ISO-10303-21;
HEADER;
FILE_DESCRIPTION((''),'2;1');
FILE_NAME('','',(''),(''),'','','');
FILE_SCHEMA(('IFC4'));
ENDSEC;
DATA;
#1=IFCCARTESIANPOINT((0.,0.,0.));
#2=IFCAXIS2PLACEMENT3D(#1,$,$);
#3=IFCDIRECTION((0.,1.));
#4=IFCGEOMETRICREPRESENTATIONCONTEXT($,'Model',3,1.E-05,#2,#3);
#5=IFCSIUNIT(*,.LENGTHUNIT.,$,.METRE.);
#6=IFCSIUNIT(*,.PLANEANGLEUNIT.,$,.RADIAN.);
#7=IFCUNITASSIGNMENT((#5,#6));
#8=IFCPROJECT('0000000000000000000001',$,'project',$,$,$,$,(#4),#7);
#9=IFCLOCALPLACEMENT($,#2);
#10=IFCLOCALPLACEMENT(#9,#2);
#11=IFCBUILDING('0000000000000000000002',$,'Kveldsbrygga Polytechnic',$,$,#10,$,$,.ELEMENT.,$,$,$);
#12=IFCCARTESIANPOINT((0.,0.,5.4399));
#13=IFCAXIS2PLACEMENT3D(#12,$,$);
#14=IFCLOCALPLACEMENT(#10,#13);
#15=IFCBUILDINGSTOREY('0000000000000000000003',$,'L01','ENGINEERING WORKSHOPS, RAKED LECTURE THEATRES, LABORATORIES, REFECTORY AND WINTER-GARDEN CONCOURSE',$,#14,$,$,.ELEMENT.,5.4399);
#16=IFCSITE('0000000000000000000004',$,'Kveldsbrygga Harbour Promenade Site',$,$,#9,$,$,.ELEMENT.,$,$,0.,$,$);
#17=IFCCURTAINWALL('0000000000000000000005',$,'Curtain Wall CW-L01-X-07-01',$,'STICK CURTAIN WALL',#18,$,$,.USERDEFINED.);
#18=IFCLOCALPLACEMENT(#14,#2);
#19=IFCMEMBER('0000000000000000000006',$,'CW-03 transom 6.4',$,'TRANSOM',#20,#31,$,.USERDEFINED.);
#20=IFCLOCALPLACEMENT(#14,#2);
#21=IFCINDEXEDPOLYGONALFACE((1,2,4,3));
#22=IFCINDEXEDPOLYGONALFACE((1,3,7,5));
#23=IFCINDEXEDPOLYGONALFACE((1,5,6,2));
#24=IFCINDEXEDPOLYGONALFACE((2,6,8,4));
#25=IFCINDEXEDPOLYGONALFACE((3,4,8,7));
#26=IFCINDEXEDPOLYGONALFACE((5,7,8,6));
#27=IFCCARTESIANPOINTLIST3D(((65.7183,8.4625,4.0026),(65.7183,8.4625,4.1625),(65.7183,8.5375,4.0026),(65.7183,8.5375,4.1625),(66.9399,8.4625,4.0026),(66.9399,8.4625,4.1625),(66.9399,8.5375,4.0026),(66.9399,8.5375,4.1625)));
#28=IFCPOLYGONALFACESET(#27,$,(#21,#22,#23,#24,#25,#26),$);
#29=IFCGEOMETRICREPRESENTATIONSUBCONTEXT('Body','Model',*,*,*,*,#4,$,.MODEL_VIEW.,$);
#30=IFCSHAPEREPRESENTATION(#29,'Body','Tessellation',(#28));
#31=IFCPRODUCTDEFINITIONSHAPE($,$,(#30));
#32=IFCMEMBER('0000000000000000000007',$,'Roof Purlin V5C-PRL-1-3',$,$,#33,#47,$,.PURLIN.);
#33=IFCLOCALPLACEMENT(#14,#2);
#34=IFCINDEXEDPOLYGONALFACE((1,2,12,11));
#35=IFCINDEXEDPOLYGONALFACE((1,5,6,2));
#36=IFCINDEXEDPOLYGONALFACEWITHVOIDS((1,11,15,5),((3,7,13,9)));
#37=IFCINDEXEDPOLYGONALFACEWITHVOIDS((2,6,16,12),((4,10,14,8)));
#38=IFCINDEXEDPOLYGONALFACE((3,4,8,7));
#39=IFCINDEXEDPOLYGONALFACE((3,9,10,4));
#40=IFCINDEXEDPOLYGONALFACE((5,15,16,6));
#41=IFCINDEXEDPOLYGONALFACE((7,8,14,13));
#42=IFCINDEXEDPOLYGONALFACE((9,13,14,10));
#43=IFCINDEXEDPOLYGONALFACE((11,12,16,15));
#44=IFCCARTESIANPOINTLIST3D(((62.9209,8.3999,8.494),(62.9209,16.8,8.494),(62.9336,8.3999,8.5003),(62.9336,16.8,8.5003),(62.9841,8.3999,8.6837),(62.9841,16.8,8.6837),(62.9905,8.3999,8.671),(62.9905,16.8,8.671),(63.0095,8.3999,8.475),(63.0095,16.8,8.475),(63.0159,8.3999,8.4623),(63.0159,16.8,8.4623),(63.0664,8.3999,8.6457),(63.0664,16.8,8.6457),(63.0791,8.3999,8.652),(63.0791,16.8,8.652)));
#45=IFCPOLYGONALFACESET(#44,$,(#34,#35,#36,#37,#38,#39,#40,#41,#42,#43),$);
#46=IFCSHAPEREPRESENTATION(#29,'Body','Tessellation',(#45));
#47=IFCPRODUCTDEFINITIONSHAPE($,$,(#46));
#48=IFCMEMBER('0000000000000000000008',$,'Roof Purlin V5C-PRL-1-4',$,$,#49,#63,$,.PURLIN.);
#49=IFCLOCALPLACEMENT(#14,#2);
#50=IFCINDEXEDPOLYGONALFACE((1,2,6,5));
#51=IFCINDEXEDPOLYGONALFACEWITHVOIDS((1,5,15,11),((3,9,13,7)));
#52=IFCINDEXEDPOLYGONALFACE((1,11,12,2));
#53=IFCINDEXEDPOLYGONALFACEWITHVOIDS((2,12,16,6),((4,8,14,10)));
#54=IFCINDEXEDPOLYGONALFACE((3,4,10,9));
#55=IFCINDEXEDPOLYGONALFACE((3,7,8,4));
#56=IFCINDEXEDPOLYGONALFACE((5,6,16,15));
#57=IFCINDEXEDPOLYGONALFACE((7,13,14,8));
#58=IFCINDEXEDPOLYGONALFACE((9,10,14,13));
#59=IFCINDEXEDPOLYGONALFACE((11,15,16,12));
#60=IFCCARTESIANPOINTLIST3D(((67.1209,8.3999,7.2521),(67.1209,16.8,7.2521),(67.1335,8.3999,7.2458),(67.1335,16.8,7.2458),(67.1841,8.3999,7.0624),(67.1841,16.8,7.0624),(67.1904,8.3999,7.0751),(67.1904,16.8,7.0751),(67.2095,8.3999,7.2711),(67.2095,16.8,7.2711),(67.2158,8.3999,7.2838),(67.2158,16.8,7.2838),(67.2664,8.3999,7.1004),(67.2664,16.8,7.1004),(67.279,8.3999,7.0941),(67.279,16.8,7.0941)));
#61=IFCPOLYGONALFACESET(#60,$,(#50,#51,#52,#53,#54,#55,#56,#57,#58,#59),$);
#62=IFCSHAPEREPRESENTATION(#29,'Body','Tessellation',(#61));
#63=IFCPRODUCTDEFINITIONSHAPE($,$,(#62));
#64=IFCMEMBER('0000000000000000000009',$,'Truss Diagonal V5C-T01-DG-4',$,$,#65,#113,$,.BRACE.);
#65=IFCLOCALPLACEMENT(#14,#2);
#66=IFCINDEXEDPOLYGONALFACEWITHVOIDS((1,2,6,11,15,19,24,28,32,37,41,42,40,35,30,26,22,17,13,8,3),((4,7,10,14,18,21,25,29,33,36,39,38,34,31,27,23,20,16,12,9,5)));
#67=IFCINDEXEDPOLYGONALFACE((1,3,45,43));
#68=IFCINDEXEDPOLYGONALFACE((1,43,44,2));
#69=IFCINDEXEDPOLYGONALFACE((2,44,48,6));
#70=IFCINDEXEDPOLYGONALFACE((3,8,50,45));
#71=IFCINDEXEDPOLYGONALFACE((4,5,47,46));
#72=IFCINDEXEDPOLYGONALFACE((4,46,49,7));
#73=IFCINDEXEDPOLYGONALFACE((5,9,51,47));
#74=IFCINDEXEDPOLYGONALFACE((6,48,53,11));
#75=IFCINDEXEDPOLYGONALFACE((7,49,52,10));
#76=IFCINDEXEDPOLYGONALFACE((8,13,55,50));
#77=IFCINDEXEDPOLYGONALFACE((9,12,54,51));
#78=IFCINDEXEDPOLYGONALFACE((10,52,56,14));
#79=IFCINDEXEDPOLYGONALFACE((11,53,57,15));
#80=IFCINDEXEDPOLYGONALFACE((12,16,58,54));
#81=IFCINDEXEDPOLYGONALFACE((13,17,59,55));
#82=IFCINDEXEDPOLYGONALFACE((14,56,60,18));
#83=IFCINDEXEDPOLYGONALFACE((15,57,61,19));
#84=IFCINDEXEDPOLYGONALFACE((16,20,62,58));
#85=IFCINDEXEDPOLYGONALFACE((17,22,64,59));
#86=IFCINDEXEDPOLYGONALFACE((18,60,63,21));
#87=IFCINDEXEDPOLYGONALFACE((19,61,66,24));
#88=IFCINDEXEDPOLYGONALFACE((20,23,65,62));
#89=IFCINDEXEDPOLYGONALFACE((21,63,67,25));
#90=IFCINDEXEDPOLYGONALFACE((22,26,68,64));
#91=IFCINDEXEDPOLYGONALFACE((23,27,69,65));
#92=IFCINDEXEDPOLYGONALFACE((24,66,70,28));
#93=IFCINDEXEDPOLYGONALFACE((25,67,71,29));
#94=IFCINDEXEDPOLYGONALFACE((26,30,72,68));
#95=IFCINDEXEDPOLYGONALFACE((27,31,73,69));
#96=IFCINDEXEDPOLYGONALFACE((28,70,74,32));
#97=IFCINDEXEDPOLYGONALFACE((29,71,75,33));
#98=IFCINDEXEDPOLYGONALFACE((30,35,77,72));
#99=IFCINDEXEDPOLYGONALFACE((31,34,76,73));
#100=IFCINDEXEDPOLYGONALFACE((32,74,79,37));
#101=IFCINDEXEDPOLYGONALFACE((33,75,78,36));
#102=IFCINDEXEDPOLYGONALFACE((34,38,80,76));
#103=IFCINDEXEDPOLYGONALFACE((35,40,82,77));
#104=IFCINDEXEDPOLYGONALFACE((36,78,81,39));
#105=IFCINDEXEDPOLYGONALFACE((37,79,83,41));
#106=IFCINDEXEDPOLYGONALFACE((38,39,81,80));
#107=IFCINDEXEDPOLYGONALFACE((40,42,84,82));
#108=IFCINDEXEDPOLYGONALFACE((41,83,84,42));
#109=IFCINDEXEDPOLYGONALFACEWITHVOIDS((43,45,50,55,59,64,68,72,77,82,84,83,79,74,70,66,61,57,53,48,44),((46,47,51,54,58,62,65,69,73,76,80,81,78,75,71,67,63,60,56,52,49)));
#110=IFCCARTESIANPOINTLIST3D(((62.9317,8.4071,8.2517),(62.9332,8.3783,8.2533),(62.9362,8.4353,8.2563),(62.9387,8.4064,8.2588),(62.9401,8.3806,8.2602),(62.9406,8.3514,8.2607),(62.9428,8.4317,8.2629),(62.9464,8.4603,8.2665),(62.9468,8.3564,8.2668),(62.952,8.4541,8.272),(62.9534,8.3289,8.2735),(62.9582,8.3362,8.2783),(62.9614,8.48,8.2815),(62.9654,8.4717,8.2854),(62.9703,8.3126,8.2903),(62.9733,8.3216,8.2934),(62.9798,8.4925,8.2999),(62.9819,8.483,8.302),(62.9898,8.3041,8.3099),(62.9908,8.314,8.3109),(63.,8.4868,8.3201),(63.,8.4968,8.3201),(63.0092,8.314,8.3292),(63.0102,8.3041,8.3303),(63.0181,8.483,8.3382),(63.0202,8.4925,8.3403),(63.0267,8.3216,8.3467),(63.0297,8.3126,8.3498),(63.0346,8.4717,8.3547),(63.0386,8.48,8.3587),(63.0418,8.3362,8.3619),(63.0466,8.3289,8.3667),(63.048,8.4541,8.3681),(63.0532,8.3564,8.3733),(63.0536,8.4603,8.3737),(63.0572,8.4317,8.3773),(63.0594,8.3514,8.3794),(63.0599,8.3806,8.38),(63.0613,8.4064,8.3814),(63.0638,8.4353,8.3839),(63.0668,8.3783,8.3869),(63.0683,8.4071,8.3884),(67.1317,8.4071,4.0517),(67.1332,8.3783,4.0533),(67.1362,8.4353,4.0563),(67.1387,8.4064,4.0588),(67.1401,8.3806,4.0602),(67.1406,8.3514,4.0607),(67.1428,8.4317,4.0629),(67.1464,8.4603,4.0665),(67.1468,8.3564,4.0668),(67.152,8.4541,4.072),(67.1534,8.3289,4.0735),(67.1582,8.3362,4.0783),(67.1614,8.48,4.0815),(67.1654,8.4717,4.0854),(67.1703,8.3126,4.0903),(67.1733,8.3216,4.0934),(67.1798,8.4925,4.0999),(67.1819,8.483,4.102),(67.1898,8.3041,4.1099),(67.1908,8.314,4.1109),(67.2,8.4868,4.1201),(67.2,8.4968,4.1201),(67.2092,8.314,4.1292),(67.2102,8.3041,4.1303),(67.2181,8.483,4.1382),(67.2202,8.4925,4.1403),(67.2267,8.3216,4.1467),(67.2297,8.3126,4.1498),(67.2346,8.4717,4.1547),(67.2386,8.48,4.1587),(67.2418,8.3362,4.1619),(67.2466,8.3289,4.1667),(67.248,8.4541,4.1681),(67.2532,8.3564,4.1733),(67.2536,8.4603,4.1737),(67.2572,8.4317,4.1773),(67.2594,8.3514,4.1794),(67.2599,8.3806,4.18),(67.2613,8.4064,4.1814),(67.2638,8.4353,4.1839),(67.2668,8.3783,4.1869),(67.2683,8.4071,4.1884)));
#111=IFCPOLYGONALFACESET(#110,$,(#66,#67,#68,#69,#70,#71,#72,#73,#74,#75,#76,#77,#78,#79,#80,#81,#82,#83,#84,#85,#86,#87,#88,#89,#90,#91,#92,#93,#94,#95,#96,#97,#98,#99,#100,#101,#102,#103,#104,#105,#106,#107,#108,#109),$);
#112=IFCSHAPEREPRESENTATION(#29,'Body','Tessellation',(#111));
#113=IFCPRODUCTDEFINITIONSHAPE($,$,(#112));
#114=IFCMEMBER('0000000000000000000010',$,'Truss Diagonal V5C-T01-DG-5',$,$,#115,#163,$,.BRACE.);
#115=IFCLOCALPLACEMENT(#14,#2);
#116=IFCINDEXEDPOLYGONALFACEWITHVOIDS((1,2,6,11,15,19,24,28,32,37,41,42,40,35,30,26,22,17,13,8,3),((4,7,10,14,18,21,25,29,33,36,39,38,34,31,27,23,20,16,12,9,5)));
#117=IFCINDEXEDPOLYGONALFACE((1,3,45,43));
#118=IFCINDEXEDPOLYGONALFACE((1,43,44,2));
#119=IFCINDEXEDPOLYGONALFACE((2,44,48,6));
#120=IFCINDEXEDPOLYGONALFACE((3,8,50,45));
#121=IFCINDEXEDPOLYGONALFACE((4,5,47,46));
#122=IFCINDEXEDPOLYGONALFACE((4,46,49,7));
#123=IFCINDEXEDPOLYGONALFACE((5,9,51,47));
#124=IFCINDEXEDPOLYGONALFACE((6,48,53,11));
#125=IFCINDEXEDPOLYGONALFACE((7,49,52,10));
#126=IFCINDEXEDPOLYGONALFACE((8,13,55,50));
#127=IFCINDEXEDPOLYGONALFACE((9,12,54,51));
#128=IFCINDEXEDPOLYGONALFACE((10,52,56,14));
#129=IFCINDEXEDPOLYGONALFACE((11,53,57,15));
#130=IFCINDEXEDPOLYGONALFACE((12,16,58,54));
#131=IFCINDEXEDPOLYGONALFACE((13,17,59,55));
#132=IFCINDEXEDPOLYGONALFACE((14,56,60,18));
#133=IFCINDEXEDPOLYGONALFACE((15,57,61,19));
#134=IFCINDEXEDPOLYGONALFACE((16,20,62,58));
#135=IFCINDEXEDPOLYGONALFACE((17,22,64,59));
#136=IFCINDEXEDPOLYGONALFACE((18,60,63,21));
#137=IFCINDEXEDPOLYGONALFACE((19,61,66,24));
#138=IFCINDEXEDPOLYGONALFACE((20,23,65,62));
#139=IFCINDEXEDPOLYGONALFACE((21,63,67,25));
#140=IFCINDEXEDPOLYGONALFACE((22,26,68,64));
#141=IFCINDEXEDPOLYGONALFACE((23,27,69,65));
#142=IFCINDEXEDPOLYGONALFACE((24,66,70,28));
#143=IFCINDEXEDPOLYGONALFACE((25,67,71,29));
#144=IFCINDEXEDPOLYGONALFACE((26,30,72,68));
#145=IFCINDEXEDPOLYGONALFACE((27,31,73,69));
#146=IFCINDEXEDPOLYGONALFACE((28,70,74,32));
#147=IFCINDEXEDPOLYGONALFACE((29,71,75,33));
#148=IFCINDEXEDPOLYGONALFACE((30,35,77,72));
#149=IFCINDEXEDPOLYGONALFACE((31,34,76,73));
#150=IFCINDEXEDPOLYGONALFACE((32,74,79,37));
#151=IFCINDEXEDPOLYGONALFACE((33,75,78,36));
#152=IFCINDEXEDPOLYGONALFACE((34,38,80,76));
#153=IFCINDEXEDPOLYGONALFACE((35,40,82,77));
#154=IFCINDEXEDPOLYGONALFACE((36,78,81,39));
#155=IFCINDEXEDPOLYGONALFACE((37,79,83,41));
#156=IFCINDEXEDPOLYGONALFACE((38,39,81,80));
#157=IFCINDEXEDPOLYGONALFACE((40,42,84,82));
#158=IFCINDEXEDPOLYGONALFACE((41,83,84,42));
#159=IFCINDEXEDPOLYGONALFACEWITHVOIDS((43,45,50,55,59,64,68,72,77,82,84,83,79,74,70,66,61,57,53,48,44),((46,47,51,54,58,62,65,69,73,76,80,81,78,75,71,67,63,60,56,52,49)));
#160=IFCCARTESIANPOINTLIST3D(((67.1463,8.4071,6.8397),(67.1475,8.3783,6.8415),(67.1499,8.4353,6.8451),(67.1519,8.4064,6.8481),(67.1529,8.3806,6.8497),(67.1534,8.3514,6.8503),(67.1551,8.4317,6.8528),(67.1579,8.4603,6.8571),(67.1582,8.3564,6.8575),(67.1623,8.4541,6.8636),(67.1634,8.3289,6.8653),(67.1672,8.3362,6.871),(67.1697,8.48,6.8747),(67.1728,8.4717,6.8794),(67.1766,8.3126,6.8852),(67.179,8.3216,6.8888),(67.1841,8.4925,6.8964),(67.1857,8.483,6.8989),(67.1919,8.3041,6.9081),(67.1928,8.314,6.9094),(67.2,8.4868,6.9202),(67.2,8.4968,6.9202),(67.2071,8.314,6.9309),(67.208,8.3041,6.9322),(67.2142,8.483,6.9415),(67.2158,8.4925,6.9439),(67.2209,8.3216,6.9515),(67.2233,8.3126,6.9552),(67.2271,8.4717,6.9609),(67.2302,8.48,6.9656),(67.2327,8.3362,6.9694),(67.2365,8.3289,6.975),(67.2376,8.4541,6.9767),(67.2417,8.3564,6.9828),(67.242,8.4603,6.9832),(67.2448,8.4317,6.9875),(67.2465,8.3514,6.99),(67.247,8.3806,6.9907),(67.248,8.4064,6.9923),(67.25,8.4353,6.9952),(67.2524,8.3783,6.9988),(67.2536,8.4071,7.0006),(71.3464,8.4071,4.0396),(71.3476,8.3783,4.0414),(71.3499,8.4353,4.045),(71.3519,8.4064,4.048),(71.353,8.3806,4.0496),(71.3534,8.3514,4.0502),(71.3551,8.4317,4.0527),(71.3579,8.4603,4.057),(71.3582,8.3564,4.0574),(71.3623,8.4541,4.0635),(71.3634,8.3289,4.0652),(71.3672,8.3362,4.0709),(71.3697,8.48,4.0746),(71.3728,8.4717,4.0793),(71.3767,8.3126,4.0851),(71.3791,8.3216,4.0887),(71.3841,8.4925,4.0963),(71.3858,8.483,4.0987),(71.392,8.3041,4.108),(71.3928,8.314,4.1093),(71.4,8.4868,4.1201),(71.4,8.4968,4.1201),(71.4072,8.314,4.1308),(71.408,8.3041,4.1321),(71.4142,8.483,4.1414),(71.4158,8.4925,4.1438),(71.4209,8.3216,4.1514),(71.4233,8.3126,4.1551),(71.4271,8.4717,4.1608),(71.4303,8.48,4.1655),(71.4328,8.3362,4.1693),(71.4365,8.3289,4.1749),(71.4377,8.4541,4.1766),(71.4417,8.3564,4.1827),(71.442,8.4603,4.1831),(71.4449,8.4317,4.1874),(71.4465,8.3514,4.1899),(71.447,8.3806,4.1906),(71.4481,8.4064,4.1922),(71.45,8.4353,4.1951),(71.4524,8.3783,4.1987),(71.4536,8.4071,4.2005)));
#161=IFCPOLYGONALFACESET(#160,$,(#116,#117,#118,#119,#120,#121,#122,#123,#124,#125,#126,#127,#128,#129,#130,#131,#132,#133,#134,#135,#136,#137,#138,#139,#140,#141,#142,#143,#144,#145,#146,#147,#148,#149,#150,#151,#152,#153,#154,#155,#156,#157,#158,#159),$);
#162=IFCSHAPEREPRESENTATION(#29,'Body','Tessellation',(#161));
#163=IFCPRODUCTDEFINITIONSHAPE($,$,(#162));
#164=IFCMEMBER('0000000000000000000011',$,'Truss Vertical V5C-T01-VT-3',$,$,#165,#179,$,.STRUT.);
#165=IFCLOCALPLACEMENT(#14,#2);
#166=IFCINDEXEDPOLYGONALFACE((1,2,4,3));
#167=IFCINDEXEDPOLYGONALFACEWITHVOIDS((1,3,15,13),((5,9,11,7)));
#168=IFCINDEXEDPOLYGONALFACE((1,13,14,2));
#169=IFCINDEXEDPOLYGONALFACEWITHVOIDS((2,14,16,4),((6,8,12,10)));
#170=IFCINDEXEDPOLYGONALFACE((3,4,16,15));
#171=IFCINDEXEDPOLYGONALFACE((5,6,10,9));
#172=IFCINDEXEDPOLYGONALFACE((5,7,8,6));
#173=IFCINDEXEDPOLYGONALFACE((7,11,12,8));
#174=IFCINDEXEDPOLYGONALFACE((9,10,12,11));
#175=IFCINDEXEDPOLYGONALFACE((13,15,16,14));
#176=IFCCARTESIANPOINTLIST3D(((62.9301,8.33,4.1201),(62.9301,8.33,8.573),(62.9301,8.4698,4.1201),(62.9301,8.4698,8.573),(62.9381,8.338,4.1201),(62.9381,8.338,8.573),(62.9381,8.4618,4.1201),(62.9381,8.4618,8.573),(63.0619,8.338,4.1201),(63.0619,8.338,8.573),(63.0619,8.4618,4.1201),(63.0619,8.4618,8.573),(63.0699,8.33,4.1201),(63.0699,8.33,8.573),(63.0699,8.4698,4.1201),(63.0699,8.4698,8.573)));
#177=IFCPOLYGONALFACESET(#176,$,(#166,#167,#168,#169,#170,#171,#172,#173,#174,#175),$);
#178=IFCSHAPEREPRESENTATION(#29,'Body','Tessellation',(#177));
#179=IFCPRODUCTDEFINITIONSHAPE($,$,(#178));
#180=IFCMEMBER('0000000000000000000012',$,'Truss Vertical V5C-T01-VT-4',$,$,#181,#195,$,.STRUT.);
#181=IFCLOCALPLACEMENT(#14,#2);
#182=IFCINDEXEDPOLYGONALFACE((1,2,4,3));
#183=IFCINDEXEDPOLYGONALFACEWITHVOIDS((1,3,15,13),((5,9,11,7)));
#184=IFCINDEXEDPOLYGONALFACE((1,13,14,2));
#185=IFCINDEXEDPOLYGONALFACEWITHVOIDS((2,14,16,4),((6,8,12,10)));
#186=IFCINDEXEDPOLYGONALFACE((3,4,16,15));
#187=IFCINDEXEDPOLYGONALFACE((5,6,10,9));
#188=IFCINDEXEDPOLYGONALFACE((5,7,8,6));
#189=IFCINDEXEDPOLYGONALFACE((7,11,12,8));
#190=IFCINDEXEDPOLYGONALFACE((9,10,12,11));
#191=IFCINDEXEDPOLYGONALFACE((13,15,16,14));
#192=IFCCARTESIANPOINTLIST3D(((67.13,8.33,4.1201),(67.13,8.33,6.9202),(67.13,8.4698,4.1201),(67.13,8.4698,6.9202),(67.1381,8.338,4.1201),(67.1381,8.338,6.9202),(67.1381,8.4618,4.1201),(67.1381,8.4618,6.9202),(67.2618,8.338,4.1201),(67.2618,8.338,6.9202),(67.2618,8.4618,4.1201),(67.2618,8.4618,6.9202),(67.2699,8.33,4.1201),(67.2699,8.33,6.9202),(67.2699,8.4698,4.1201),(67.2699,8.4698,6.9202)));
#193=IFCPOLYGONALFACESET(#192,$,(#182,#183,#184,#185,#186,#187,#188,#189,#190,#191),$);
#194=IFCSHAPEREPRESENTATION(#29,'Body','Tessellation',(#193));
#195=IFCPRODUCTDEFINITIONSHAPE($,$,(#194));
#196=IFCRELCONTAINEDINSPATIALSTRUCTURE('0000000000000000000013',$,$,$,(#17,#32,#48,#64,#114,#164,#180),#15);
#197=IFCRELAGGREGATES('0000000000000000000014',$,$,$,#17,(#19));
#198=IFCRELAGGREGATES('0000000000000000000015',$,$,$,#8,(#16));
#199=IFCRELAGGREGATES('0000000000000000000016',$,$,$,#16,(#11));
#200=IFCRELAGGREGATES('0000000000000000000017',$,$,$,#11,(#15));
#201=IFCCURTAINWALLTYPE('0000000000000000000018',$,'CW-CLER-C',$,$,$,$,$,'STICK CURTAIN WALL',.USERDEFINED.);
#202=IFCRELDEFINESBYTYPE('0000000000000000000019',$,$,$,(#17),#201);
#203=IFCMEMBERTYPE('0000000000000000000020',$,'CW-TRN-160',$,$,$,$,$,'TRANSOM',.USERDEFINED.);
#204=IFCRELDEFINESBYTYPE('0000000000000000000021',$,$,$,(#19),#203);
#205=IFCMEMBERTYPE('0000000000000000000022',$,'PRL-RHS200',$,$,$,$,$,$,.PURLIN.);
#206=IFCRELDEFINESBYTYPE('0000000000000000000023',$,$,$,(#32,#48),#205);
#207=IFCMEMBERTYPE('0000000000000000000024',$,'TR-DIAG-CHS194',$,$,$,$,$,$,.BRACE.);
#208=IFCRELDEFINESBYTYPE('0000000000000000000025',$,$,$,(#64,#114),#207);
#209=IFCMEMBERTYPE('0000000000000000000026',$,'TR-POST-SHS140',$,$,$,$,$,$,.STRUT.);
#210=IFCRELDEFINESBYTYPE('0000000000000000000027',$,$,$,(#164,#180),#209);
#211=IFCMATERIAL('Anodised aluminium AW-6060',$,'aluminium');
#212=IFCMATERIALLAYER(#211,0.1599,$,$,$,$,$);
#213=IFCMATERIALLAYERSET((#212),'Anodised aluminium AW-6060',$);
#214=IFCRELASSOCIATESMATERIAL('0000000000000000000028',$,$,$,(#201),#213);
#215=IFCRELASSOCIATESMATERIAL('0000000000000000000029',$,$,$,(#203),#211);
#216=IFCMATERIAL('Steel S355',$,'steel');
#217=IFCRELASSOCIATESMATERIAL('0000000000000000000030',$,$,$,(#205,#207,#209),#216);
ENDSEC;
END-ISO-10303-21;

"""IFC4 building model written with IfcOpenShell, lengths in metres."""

from ifc_helpers import new_model, si_unit, direction, frame, origin, origin_2d, place, context, subcontext, project, spatial, rectangle, hollow_rectangle, hollow_circle, extrude, material, layer, layer_set, material_profile, profile_set, type_object, element, aggregate, save


model = new_model("IFC4")

# Units and contexts
model_context = context("Model", 3, precision=1e-05, world=origin(), true_north=direction((0.0, 1.0)))
body_context = subcontext(model_context, "Body", "Model", "MODEL_VIEW")
ifc_project = project(units=[si_unit("LENGTHUNIT", "METRE"), si_unit("PLANEANGLEUNIT", "RADIAN")], contexts=[model_context])

# Site, building, storey
site_placement = place(None, origin())
site = spatial("IfcSite", under=ifc_project, at=site_placement, Name="Kveldsbrygga Harbour Promenade Site", CompositionType="ELEMENT", RefElevation=0.0)
building_placement = place(site_placement, origin())
building = spatial("IfcBuilding", under=site, at=building_placement, Name="Kveldsbrygga Polytechnic", CompositionType="ELEMENT")
storey_placement = place(building_placement, frame((0.0, 0.0, 5.4399)))
storey = spatial("IfcBuildingStorey", under=building, at=storey_placement, Name="L01", Description="ENGINEERING WORKSHOPS, RAKED LECTURE THEATRES, LABORATORIES, REFECTORY AND WINTER-GARDEN CONCOURSE", CompositionType="ELEMENT", Elevation=5.4399)

# Curtain wall, member
ifc_material_1 = material(Name="Anodised aluminium AW-6060", Category="aluminium")
ifc_layer_1 = layer(ifc_material_1, 0.1599)
ifc_layer_set_1 = layer_set([ifc_layer_1], Name="Anodised aluminium AW-6060")
curtain_wall_type_1 = type_object("IfcCurtainWallType", Name="CW-CLER-C", ElementType="STICK CURTAIN WALL", PredefinedType="USERDEFINED", material=ifc_layer_set_1)
curtain_wall_1_placement = place(storey_placement, origin())
curtain_wall_1 = element("IfcCurtainWall", 1, at=curtain_wall_1_placement, inside=storey, type_object=curtain_wall_type_1, Name="Curtain Wall CW-L01-X-07-01", ObjectType="STICK CURTAIN WALL", PredefinedType="USERDEFINED")
ifc_material_profile_1 = material_profile(ifc_material_1, rectangle(XDim=0.075, YDim=0.1599, at=origin_2d()), Name="ALU 75x160")
ifc_profile_set_1 = profile_set([ifc_material_profile_1], Name="Anodised aluminium AW-6060")
member_type_1 = type_object("IfcMemberType", Name="CW-TRN-160", ElementType="TRANSOM", PredefinedType="USERDEFINED", material=ifc_profile_set_1)
member_1_placement = place(storey_placement, frame((65.7183, 8.5, 4.0825), z_axis=(1.0, 0.0, 0.0), x_axis=(0.0, 1.0, 0.0)))
member_1 = element("IfcMember", 2, at=member_1_placement, type_object=member_type_1, Name="CW-03 transom 6.4", ObjectType="TRANSOM", PredefinedType="USERDEFINED", context=body_context, shape_type="SweptSolid", body=[
    extrude(rectangle(XDim=0.075, YDim=0.1599, at=origin_2d()), origin(), (0.0, 0.0, 1.0), 1.2217),
])

# Members
ifc_material_2 = material(Name="Steel S355", Category="steel")
ifc_material_profile_2 = material_profile(ifc_material_2, hollow_rectangle(XDim=0.1001, YDim=0.2, WallThickness=0.01, at=origin_2d()), Name="RHS 200x100x10.0")
ifc_profile_set_2 = profile_set([ifc_material_profile_2], Name="Steel S355")
member_type_2 = type_object("IfcMemberType", Name="PRL-RHS200", PredefinedType="PURLIN", material=ifc_profile_set_2)
for number, where, z_axis, x_axis, name in (
    (3, (63.0, 8.3999, 8.573), (0.0, 1.0, 0.0), (-0.948684, 0.0, 0.316227), "Roof Purlin V5C-PRL-1-3"),
    (4, (67.2, 8.3999, 7.1731), (0.0, 1.0, 0.0), (-0.948684, 0.0, -0.316227), "Roof Purlin V5C-PRL-1-4"),
):
    element("IfcMember", number, at=place(storey_placement, frame(where, z_axis=z_axis, x_axis=x_axis)), inside=storey, type_object=member_type_2, Name=name, PredefinedType="PURLIN", context=body_context, shape_type="SweptSolid", body=[
        extrude(hollow_rectangle(XDim=0.1001, YDim=0.2, WallThickness=0.01, at=origin_2d()), origin(), (0.0, 0.0, 1.0), 8.4001),
    ])
ifc_material_profile_3 = material_profile(ifc_material_2, hollow_circle(Radius=0.0969, WallThickness=0.01, at=origin_2d()), Name="CHS 193.7x10.0")
ifc_profile_set_3 = profile_set([ifc_material_profile_3], Name="Steel S355")
member_type_3 = type_object("IfcMemberType", Name="TR-DIAG-CHS194", PredefinedType="BRACE", material=ifc_profile_set_3)
member_2_placement = place(storey_placement, frame((63.0, 8.3999, 8.3201), z_axis=(0.707107, 0.0, -0.707107), x_axis=(0.0, 1.0, 0.0)))
element("IfcMember", 5, at=member_2_placement, inside=storey, type_object=member_type_3, Name="Truss Diagonal V5C-T01-DG-4", PredefinedType="BRACE", context=body_context, shape_type="SweptSolid", body=[
    extrude(hollow_circle(Radius=0.0969, WallThickness=0.01, at=origin_2d()), origin(), (0.0, 0.0, 1.0), 5.9397),
])
member_3_placement = place(storey_placement, frame((67.2, 8.3999, 6.9202), z_axis=(0.832043, 0.0, -0.554711), x_axis=(0.0, 1.0, 0.0)))
element("IfcMember", 6, at=member_3_placement, inside=storey, type_object=member_type_3, Name="Truss Diagonal V5C-T01-DG-5", PredefinedType="BRACE", context=body_context, shape_type="SweptSolid", body=[
    extrude(hollow_circle(Radius=0.0969, WallThickness=0.01, at=origin_2d()), origin(), (0.0, 0.0, 1.0), 5.0479),
])
ifc_material_profile_4 = material_profile(ifc_material_2, hollow_rectangle(XDim=0.1399, YDim=0.1399, WallThickness=0.0081, at=origin_2d()), Name="SHS 140x140x8.0")
ifc_profile_set_4 = profile_set([ifc_material_profile_4], Name="Steel S355")
member_type_4 = type_object("IfcMemberType", Name="TR-POST-SHS140", PredefinedType="STRUT", material=ifc_profile_set_4)
member_4_placement = place(storey_placement, frame((63.0, 8.3999, 4.1201), z_axis=(0.0, 0.0, 1.0), x_axis=(1.0, 0.0, 0.0)))
element("IfcMember", 7, at=member_4_placement, inside=storey, type_object=member_type_4, Name="Truss Vertical V5C-T01-VT-3", PredefinedType="STRUT", context=body_context, shape_type="SweptSolid", body=[
    extrude(hollow_rectangle(XDim=0.1399, YDim=0.1399, WallThickness=0.0081, at=origin_2d()), origin(), (0.0, 0.0, 1.0), 4.4529),
])
member_5_placement = place(storey_placement, frame((67.2, 8.3999, 4.1201), z_axis=(0.0, 0.0, 1.0), x_axis=(1.0, 0.0, 0.0)))
element("IfcMember", 8, at=member_5_placement, inside=storey, type_object=member_type_4, Name="Truss Vertical V5C-T01-VT-4", PredefinedType="STRUT", context=body_context, shape_type="SweptSolid", body=[
    extrude(hollow_rectangle(XDim=0.1399, YDim=0.1399, WallThickness=0.0081, at=origin_2d()), origin(), (0.0, 0.0, 1.0), 2.8),
])

aggregate(curtain_wall_1, [member_1])

save(model, "model.ifc")
